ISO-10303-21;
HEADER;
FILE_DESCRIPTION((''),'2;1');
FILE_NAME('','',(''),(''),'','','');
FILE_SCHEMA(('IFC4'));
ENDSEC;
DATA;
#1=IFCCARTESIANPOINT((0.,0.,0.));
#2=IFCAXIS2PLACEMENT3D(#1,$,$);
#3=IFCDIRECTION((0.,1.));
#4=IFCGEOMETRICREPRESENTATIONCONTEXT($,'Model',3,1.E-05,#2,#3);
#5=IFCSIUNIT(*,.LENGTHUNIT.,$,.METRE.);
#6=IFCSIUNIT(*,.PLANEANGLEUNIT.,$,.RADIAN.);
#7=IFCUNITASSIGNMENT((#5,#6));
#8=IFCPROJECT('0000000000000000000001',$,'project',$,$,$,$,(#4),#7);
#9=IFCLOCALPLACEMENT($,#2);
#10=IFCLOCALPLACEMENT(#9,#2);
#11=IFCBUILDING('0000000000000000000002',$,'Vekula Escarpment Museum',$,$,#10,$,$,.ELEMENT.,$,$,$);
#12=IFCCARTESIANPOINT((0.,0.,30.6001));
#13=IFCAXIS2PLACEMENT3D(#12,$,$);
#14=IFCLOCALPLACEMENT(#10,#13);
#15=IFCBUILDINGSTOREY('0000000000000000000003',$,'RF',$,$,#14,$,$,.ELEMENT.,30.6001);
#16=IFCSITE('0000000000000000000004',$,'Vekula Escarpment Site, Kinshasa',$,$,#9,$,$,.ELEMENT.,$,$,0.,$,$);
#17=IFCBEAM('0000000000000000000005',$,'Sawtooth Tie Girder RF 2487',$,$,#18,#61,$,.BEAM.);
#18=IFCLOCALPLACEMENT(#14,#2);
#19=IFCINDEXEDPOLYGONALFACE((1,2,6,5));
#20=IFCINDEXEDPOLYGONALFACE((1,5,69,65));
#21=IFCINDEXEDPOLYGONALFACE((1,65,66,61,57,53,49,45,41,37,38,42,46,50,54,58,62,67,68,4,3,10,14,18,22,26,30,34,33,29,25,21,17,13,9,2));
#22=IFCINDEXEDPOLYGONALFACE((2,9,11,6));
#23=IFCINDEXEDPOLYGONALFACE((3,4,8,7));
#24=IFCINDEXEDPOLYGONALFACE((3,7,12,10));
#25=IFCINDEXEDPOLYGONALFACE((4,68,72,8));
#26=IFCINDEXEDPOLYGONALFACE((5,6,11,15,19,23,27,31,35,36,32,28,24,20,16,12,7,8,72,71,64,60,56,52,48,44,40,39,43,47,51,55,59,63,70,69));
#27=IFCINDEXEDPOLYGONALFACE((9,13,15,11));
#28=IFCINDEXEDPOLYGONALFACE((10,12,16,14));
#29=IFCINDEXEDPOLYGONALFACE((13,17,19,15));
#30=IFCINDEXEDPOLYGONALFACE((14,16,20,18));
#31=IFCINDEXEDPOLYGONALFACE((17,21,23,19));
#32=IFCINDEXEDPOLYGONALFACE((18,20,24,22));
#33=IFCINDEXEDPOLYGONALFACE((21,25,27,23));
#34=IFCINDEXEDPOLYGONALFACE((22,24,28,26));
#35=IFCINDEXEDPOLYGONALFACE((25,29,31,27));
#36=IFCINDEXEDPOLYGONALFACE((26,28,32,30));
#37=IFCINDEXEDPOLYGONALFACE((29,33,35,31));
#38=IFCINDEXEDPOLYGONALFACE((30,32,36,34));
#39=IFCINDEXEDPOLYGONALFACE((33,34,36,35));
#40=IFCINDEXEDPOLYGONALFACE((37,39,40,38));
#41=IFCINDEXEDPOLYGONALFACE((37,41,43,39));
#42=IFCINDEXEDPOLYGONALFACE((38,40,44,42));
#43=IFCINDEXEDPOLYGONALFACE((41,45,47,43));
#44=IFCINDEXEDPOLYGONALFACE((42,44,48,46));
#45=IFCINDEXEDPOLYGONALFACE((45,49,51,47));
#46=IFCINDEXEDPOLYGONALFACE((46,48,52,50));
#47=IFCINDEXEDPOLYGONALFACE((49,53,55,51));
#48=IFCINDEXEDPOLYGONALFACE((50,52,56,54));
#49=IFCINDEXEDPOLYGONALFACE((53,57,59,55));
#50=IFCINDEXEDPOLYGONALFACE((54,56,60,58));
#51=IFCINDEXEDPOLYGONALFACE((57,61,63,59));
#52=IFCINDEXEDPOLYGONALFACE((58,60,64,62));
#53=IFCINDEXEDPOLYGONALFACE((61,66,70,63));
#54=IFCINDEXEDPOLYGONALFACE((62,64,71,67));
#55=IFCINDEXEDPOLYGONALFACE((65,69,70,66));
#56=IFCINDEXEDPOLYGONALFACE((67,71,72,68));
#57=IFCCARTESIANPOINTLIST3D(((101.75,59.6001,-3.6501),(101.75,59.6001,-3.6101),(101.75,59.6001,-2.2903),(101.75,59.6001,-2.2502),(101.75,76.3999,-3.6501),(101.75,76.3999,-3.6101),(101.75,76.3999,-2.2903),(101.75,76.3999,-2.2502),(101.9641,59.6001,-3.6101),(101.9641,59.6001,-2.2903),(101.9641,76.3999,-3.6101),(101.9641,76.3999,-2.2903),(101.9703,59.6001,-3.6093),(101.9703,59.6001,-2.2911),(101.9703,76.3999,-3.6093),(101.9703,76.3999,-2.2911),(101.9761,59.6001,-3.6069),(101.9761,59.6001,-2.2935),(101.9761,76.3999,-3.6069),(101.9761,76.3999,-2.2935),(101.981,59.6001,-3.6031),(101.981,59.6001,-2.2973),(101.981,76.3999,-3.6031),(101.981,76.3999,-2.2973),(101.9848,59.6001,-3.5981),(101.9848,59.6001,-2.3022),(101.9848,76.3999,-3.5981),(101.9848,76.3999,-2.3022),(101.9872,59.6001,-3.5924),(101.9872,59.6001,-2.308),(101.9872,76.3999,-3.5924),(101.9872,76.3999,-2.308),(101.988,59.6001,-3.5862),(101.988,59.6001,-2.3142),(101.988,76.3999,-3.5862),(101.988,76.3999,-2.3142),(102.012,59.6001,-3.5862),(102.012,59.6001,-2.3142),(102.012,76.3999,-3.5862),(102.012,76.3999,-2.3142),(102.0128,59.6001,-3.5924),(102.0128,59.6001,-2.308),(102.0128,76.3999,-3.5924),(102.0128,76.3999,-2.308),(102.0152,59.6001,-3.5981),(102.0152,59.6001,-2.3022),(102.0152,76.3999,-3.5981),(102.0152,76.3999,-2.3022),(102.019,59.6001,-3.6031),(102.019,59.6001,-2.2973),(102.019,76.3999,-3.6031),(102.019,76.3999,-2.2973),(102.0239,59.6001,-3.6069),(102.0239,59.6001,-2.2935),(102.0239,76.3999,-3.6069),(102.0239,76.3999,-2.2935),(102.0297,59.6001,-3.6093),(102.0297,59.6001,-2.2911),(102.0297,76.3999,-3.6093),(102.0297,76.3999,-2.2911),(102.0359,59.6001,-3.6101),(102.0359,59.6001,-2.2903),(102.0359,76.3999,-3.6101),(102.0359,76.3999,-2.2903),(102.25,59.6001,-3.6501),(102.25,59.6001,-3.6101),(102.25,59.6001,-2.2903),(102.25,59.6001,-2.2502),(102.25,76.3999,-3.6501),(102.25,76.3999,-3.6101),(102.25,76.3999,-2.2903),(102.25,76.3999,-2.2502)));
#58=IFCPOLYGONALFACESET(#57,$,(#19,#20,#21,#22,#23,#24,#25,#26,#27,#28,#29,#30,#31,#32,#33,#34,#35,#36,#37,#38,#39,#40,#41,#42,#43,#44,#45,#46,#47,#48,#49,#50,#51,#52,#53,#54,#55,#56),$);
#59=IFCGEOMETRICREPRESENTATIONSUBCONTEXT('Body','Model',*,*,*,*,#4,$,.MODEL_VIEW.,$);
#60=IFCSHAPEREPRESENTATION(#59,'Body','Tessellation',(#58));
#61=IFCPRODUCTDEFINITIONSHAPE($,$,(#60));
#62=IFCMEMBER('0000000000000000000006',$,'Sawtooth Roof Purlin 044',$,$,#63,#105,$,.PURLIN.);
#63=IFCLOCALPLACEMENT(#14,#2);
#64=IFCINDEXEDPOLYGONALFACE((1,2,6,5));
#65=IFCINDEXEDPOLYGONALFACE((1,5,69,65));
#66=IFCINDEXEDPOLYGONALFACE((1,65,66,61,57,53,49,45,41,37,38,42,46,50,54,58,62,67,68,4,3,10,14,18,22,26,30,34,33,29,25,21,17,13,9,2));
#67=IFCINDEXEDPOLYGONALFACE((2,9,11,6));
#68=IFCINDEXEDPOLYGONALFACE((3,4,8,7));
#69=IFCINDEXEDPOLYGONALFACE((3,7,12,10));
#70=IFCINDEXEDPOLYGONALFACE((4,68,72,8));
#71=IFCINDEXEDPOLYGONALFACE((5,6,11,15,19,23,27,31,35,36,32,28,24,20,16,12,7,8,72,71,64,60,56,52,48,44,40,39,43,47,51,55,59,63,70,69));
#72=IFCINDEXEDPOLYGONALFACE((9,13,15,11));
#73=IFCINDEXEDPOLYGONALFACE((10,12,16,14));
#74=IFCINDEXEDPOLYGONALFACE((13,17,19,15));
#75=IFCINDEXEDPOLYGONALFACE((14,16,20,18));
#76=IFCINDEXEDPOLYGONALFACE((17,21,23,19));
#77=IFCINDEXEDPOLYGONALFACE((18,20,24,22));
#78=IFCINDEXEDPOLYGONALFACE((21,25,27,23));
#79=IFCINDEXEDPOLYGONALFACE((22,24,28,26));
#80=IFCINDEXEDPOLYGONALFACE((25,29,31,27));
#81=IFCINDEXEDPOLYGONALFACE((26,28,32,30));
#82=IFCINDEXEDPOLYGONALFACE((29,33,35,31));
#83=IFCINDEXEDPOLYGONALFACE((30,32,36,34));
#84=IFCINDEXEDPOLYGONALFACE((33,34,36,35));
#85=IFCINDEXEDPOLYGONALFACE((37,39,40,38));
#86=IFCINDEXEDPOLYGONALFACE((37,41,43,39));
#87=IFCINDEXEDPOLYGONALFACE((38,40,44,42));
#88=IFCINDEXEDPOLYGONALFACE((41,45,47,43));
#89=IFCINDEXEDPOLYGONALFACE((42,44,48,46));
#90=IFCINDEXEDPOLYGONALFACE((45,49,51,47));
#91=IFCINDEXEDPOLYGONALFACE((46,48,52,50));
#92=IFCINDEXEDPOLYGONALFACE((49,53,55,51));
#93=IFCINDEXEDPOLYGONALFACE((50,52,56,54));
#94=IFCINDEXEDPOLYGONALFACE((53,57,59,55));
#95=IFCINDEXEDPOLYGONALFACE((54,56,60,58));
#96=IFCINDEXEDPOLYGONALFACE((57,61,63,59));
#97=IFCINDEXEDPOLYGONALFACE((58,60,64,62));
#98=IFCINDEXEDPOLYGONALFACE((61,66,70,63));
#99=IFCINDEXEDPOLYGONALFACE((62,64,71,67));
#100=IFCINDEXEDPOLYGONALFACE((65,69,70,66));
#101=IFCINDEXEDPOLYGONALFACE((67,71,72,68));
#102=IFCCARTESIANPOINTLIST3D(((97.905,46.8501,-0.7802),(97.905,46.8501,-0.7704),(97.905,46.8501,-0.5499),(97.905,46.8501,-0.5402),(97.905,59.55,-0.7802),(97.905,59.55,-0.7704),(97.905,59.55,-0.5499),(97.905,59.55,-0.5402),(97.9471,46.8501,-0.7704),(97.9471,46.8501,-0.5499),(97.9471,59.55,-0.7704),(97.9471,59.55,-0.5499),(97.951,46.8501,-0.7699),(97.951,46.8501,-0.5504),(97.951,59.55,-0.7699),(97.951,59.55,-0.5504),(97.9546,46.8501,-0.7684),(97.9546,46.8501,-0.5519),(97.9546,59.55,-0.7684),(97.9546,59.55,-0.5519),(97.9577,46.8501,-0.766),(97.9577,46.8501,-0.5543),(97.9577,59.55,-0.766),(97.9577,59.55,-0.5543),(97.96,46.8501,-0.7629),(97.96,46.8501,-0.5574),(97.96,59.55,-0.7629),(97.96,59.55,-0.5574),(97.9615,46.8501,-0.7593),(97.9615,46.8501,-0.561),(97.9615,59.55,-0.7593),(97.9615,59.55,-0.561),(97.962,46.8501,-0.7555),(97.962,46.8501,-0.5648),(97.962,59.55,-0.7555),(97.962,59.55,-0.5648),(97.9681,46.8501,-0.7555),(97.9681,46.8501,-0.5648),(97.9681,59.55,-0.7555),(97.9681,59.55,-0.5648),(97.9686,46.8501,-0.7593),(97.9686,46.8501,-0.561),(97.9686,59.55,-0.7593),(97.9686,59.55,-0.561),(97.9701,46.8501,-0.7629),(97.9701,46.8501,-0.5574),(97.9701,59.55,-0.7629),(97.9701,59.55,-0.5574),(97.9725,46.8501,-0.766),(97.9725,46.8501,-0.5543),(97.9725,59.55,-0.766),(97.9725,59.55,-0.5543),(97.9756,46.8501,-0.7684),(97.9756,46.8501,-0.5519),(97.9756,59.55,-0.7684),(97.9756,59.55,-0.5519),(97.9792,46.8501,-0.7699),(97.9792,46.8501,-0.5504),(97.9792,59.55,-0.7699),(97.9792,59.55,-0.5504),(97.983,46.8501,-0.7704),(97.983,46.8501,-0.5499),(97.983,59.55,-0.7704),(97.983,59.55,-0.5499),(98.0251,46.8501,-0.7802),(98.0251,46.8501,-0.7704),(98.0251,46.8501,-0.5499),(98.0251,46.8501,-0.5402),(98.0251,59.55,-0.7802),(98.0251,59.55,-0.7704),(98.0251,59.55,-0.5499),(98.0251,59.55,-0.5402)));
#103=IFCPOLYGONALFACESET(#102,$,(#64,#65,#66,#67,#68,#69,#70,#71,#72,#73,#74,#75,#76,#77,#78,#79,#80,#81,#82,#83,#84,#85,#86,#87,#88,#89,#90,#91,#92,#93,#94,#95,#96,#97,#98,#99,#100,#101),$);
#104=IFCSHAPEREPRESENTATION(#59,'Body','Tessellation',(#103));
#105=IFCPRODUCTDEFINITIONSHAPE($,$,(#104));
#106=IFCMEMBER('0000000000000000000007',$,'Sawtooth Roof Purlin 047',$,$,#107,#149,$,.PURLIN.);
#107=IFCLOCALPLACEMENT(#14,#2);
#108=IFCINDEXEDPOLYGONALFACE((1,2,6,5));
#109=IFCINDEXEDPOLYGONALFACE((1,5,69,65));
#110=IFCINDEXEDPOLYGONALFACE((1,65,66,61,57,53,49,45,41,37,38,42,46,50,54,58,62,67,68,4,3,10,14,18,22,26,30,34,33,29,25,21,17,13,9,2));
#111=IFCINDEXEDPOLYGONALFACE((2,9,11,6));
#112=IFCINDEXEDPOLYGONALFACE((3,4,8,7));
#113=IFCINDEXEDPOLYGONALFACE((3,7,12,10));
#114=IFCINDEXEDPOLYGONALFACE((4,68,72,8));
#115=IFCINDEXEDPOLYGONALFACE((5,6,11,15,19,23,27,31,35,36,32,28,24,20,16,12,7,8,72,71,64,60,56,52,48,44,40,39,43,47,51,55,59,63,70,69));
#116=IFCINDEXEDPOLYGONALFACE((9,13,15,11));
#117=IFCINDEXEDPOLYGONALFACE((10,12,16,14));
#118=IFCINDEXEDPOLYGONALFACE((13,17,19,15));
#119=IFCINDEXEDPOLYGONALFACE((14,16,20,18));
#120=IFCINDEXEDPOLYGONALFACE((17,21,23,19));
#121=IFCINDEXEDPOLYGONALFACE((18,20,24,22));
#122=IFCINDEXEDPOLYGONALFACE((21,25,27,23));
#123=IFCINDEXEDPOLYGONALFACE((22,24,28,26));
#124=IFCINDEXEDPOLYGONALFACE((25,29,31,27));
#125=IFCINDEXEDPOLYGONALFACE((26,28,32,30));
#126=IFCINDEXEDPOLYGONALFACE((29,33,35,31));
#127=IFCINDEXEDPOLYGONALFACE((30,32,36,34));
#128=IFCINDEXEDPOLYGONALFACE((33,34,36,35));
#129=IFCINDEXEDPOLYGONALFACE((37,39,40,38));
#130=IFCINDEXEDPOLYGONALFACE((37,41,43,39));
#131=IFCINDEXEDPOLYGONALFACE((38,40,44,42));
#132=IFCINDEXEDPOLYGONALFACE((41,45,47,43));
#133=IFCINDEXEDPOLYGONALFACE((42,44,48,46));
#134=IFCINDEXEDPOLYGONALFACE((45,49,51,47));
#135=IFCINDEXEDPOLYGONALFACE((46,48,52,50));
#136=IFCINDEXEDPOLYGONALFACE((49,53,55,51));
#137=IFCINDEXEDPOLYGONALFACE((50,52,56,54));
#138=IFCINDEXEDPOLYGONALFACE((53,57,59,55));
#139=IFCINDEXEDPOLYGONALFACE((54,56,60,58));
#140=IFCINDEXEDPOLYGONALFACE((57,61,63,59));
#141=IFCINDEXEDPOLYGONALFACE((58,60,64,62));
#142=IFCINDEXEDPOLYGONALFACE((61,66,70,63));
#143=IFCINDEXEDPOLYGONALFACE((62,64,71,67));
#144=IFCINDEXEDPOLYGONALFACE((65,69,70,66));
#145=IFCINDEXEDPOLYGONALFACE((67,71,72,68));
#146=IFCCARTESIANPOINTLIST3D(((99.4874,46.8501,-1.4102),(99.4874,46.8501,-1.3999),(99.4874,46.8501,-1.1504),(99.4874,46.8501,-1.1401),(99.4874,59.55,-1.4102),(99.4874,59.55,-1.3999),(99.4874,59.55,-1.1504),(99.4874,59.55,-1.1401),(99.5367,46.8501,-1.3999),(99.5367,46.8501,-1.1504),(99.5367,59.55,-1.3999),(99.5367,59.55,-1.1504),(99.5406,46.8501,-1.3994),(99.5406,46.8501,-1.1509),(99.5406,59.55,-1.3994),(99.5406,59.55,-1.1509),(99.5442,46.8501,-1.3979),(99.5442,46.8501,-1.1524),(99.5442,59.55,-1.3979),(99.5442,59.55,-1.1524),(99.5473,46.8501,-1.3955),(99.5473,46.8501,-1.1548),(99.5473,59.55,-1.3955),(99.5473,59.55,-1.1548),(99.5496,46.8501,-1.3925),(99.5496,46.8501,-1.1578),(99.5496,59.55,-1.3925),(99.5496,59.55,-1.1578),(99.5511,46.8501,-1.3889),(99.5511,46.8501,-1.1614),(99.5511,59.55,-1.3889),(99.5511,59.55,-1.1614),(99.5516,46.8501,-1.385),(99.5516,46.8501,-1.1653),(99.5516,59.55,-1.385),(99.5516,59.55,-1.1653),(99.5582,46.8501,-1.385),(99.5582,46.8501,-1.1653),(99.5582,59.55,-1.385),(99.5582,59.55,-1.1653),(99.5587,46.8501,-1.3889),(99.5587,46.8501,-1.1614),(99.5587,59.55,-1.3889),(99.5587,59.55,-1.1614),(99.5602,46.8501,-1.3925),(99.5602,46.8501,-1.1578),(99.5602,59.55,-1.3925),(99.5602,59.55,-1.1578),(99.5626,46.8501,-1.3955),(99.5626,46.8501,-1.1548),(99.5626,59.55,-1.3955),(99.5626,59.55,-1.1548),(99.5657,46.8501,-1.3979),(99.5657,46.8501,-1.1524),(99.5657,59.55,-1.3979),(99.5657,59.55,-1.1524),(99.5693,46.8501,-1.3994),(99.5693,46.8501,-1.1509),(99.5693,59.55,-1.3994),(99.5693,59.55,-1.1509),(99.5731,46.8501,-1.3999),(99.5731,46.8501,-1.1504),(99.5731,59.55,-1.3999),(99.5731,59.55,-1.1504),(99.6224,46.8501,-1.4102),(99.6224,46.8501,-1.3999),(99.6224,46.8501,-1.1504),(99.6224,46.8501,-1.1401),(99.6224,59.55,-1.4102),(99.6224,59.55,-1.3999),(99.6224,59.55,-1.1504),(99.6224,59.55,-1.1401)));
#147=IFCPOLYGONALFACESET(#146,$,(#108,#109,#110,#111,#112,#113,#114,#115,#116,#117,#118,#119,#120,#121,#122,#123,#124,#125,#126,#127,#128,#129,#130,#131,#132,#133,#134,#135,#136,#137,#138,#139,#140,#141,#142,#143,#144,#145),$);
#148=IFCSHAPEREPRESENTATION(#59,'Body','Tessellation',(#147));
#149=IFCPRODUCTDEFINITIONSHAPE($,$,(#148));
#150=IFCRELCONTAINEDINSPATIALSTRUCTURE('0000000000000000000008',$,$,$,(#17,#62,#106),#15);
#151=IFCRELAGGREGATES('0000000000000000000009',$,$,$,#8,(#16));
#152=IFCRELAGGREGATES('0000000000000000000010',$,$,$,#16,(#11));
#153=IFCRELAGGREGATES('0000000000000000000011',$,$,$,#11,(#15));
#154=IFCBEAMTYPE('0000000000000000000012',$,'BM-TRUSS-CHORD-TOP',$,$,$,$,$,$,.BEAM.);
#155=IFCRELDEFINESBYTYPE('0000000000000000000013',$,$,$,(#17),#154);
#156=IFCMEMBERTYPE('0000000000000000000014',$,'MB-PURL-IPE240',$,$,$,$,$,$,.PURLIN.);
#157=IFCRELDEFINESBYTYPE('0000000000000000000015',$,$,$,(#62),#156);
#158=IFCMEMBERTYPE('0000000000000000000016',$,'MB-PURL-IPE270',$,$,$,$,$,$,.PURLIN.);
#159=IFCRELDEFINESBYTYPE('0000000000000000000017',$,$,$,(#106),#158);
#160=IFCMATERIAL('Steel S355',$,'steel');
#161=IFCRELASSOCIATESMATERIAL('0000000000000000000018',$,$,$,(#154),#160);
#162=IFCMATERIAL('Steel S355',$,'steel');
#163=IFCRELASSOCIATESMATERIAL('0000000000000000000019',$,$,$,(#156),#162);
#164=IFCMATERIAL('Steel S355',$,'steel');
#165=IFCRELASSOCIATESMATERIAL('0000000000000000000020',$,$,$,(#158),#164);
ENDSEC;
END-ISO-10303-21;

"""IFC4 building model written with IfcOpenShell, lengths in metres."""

from ifc_helpers import new_model, si_unit, direction, frame, origin, origin_2d, place, context, subcontext, project, spatial, i_section, extrude, material, material_profile, profile_set, type_object, element, save


model = new_model("IFC4")

# Units and contexts
model_context = context("Model", 3, precision=1e-05, world=origin(), true_north=direction((0.0, 1.0)))
body_context = subcontext(model_context, "Body", "Model", "MODEL_VIEW")
ifc_project = project(units=[si_unit("LENGTHUNIT", "METRE"), si_unit("PLANEANGLEUNIT", "RADIAN")], contexts=[model_context])

# Site, building, storey
site_placement = place(None, origin())
site = spatial("IfcSite", under=ifc_project, at=site_placement, Name="Vekula Escarpment Site, Kinshasa", CompositionType="ELEMENT", RefElevation=0.0)
building_placement = place(site_placement, origin())
building = spatial("IfcBuilding", under=site, at=building_placement, Name="Vekula Escarpment Museum", CompositionType="ELEMENT")
storey_placement = place(building_placement, frame((0.0, 0.0, 30.6001)))
storey = spatial("IfcBuildingStorey", under=building, at=storey_placement, Name="RF", CompositionType="ELEMENT", Elevation=30.6001)

# Beam
ifc_material_1 = material(Name="Steel S355", Category="steel")
ifc_material_profile_1 = material_profile(ifc_material_1, i_section(OverallWidth=0.5, OverallDepth=1.3999, WebThickness=0.0239, FlangeThickness=0.04, FilletRadius=0.0239, at=origin_2d()), Name="WPG 1400x500")
ifc_profile_set_1 = profile_set([ifc_material_profile_1], Name="Steel S355")
beam_type_1 = type_object("IfcBeamType", Name="BM-TRUSS-CHORD-TOP", PredefinedType="BEAM", material=ifc_profile_set_1)
beam_1_placement = place(storey_placement, frame((102.0, 59.6001, -2.9502), z_axis=(0.0, 1.0, 0.0), x_axis=(-1.0, 0.0, 0.0)))
element("IfcBeam", 1, at=beam_1_placement, inside=storey, type_object=beam_type_1, Name="Sawtooth Tie Girder RF 2487", PredefinedType="BEAM", context=body_context, shape_type="SweptSolid", body=[
    extrude(i_section(OverallWidth=0.5, OverallDepth=1.3999, WebThickness=0.0239, FlangeThickness=0.04, FilletRadius=0.0239, at=origin_2d()), origin(), (0.0, 0.0, 1.0), 16.7998),
])

# Members
ifc_material_2 = material(Name="Steel S355", Category="steel")
ifc_material_profile_2 = material_profile(ifc_material_2, i_section(OverallWidth=0.1201, OverallDepth=0.24, WebThickness=0.0061, FlangeThickness=0.0098, FilletRadius=0.0149, at=origin_2d()), Name="IPE 240")
ifc_profile_set_2 = profile_set([ifc_material_profile_2], Name="Steel S355")
member_type_1 = type_object("IfcMemberType", Name="MB-PURL-IPE240", PredefinedType="PURLIN", material=ifc_profile_set_2)
member_1_placement = place(storey_placement, frame((97.9651, 46.8501, -0.6602), z_axis=(0.0, 1.0, 0.0), x_axis=(-1.0, 0.0, 0.0)))
element("IfcMember", 2, at=member_1_placement, inside=storey, type_object=member_type_1, Name="Sawtooth Roof Purlin 044", PredefinedType="PURLIN", context=body_context, shape_type="SweptSolid", body=[
    extrude(i_section(OverallWidth=0.1201, OverallDepth=0.24, WebThickness=0.0061, FlangeThickness=0.0098, FilletRadius=0.0149, at=origin_2d()), origin(), (0.0, 0.0, 1.0), 12.7),
])
ifc_material_3 = material(Name="Steel S355", Category="steel")
ifc_material_profile_3 = material_profile(ifc_material_3, i_section(OverallWidth=0.135, OverallDepth=0.27, WebThickness=0.0066, FlangeThickness=0.0103, FilletRadius=0.0149, at=origin_2d()), Name="IPE 270")
ifc_profile_set_3 = profile_set([ifc_material_profile_3], Name="Steel S355")
member_type_2 = type_object("IfcMemberType", Name="MB-PURL-IPE270", PredefinedType="PURLIN", material=ifc_profile_set_3)
member_2_placement = place(storey_placement, frame((99.5549, 46.8501, -1.2751), z_axis=(0.0, 1.0, 0.0), x_axis=(-1.0, 0.0, 0.0)))
element("IfcMember", 3, at=member_2_placement, inside=storey, type_object=member_type_2, Name="Sawtooth Roof Purlin 047", PredefinedType="PURLIN", context=body_context, shape_type="SweptSolid", body=[
    extrude(i_section(OverallWidth=0.135, OverallDepth=0.27, WebThickness=0.0066, FlangeThickness=0.0103, FilletRadius=0.0149, at=origin_2d()), origin(), (0.0, 0.0, 1.0), 12.7),
])

save(model, "model.ifc")
